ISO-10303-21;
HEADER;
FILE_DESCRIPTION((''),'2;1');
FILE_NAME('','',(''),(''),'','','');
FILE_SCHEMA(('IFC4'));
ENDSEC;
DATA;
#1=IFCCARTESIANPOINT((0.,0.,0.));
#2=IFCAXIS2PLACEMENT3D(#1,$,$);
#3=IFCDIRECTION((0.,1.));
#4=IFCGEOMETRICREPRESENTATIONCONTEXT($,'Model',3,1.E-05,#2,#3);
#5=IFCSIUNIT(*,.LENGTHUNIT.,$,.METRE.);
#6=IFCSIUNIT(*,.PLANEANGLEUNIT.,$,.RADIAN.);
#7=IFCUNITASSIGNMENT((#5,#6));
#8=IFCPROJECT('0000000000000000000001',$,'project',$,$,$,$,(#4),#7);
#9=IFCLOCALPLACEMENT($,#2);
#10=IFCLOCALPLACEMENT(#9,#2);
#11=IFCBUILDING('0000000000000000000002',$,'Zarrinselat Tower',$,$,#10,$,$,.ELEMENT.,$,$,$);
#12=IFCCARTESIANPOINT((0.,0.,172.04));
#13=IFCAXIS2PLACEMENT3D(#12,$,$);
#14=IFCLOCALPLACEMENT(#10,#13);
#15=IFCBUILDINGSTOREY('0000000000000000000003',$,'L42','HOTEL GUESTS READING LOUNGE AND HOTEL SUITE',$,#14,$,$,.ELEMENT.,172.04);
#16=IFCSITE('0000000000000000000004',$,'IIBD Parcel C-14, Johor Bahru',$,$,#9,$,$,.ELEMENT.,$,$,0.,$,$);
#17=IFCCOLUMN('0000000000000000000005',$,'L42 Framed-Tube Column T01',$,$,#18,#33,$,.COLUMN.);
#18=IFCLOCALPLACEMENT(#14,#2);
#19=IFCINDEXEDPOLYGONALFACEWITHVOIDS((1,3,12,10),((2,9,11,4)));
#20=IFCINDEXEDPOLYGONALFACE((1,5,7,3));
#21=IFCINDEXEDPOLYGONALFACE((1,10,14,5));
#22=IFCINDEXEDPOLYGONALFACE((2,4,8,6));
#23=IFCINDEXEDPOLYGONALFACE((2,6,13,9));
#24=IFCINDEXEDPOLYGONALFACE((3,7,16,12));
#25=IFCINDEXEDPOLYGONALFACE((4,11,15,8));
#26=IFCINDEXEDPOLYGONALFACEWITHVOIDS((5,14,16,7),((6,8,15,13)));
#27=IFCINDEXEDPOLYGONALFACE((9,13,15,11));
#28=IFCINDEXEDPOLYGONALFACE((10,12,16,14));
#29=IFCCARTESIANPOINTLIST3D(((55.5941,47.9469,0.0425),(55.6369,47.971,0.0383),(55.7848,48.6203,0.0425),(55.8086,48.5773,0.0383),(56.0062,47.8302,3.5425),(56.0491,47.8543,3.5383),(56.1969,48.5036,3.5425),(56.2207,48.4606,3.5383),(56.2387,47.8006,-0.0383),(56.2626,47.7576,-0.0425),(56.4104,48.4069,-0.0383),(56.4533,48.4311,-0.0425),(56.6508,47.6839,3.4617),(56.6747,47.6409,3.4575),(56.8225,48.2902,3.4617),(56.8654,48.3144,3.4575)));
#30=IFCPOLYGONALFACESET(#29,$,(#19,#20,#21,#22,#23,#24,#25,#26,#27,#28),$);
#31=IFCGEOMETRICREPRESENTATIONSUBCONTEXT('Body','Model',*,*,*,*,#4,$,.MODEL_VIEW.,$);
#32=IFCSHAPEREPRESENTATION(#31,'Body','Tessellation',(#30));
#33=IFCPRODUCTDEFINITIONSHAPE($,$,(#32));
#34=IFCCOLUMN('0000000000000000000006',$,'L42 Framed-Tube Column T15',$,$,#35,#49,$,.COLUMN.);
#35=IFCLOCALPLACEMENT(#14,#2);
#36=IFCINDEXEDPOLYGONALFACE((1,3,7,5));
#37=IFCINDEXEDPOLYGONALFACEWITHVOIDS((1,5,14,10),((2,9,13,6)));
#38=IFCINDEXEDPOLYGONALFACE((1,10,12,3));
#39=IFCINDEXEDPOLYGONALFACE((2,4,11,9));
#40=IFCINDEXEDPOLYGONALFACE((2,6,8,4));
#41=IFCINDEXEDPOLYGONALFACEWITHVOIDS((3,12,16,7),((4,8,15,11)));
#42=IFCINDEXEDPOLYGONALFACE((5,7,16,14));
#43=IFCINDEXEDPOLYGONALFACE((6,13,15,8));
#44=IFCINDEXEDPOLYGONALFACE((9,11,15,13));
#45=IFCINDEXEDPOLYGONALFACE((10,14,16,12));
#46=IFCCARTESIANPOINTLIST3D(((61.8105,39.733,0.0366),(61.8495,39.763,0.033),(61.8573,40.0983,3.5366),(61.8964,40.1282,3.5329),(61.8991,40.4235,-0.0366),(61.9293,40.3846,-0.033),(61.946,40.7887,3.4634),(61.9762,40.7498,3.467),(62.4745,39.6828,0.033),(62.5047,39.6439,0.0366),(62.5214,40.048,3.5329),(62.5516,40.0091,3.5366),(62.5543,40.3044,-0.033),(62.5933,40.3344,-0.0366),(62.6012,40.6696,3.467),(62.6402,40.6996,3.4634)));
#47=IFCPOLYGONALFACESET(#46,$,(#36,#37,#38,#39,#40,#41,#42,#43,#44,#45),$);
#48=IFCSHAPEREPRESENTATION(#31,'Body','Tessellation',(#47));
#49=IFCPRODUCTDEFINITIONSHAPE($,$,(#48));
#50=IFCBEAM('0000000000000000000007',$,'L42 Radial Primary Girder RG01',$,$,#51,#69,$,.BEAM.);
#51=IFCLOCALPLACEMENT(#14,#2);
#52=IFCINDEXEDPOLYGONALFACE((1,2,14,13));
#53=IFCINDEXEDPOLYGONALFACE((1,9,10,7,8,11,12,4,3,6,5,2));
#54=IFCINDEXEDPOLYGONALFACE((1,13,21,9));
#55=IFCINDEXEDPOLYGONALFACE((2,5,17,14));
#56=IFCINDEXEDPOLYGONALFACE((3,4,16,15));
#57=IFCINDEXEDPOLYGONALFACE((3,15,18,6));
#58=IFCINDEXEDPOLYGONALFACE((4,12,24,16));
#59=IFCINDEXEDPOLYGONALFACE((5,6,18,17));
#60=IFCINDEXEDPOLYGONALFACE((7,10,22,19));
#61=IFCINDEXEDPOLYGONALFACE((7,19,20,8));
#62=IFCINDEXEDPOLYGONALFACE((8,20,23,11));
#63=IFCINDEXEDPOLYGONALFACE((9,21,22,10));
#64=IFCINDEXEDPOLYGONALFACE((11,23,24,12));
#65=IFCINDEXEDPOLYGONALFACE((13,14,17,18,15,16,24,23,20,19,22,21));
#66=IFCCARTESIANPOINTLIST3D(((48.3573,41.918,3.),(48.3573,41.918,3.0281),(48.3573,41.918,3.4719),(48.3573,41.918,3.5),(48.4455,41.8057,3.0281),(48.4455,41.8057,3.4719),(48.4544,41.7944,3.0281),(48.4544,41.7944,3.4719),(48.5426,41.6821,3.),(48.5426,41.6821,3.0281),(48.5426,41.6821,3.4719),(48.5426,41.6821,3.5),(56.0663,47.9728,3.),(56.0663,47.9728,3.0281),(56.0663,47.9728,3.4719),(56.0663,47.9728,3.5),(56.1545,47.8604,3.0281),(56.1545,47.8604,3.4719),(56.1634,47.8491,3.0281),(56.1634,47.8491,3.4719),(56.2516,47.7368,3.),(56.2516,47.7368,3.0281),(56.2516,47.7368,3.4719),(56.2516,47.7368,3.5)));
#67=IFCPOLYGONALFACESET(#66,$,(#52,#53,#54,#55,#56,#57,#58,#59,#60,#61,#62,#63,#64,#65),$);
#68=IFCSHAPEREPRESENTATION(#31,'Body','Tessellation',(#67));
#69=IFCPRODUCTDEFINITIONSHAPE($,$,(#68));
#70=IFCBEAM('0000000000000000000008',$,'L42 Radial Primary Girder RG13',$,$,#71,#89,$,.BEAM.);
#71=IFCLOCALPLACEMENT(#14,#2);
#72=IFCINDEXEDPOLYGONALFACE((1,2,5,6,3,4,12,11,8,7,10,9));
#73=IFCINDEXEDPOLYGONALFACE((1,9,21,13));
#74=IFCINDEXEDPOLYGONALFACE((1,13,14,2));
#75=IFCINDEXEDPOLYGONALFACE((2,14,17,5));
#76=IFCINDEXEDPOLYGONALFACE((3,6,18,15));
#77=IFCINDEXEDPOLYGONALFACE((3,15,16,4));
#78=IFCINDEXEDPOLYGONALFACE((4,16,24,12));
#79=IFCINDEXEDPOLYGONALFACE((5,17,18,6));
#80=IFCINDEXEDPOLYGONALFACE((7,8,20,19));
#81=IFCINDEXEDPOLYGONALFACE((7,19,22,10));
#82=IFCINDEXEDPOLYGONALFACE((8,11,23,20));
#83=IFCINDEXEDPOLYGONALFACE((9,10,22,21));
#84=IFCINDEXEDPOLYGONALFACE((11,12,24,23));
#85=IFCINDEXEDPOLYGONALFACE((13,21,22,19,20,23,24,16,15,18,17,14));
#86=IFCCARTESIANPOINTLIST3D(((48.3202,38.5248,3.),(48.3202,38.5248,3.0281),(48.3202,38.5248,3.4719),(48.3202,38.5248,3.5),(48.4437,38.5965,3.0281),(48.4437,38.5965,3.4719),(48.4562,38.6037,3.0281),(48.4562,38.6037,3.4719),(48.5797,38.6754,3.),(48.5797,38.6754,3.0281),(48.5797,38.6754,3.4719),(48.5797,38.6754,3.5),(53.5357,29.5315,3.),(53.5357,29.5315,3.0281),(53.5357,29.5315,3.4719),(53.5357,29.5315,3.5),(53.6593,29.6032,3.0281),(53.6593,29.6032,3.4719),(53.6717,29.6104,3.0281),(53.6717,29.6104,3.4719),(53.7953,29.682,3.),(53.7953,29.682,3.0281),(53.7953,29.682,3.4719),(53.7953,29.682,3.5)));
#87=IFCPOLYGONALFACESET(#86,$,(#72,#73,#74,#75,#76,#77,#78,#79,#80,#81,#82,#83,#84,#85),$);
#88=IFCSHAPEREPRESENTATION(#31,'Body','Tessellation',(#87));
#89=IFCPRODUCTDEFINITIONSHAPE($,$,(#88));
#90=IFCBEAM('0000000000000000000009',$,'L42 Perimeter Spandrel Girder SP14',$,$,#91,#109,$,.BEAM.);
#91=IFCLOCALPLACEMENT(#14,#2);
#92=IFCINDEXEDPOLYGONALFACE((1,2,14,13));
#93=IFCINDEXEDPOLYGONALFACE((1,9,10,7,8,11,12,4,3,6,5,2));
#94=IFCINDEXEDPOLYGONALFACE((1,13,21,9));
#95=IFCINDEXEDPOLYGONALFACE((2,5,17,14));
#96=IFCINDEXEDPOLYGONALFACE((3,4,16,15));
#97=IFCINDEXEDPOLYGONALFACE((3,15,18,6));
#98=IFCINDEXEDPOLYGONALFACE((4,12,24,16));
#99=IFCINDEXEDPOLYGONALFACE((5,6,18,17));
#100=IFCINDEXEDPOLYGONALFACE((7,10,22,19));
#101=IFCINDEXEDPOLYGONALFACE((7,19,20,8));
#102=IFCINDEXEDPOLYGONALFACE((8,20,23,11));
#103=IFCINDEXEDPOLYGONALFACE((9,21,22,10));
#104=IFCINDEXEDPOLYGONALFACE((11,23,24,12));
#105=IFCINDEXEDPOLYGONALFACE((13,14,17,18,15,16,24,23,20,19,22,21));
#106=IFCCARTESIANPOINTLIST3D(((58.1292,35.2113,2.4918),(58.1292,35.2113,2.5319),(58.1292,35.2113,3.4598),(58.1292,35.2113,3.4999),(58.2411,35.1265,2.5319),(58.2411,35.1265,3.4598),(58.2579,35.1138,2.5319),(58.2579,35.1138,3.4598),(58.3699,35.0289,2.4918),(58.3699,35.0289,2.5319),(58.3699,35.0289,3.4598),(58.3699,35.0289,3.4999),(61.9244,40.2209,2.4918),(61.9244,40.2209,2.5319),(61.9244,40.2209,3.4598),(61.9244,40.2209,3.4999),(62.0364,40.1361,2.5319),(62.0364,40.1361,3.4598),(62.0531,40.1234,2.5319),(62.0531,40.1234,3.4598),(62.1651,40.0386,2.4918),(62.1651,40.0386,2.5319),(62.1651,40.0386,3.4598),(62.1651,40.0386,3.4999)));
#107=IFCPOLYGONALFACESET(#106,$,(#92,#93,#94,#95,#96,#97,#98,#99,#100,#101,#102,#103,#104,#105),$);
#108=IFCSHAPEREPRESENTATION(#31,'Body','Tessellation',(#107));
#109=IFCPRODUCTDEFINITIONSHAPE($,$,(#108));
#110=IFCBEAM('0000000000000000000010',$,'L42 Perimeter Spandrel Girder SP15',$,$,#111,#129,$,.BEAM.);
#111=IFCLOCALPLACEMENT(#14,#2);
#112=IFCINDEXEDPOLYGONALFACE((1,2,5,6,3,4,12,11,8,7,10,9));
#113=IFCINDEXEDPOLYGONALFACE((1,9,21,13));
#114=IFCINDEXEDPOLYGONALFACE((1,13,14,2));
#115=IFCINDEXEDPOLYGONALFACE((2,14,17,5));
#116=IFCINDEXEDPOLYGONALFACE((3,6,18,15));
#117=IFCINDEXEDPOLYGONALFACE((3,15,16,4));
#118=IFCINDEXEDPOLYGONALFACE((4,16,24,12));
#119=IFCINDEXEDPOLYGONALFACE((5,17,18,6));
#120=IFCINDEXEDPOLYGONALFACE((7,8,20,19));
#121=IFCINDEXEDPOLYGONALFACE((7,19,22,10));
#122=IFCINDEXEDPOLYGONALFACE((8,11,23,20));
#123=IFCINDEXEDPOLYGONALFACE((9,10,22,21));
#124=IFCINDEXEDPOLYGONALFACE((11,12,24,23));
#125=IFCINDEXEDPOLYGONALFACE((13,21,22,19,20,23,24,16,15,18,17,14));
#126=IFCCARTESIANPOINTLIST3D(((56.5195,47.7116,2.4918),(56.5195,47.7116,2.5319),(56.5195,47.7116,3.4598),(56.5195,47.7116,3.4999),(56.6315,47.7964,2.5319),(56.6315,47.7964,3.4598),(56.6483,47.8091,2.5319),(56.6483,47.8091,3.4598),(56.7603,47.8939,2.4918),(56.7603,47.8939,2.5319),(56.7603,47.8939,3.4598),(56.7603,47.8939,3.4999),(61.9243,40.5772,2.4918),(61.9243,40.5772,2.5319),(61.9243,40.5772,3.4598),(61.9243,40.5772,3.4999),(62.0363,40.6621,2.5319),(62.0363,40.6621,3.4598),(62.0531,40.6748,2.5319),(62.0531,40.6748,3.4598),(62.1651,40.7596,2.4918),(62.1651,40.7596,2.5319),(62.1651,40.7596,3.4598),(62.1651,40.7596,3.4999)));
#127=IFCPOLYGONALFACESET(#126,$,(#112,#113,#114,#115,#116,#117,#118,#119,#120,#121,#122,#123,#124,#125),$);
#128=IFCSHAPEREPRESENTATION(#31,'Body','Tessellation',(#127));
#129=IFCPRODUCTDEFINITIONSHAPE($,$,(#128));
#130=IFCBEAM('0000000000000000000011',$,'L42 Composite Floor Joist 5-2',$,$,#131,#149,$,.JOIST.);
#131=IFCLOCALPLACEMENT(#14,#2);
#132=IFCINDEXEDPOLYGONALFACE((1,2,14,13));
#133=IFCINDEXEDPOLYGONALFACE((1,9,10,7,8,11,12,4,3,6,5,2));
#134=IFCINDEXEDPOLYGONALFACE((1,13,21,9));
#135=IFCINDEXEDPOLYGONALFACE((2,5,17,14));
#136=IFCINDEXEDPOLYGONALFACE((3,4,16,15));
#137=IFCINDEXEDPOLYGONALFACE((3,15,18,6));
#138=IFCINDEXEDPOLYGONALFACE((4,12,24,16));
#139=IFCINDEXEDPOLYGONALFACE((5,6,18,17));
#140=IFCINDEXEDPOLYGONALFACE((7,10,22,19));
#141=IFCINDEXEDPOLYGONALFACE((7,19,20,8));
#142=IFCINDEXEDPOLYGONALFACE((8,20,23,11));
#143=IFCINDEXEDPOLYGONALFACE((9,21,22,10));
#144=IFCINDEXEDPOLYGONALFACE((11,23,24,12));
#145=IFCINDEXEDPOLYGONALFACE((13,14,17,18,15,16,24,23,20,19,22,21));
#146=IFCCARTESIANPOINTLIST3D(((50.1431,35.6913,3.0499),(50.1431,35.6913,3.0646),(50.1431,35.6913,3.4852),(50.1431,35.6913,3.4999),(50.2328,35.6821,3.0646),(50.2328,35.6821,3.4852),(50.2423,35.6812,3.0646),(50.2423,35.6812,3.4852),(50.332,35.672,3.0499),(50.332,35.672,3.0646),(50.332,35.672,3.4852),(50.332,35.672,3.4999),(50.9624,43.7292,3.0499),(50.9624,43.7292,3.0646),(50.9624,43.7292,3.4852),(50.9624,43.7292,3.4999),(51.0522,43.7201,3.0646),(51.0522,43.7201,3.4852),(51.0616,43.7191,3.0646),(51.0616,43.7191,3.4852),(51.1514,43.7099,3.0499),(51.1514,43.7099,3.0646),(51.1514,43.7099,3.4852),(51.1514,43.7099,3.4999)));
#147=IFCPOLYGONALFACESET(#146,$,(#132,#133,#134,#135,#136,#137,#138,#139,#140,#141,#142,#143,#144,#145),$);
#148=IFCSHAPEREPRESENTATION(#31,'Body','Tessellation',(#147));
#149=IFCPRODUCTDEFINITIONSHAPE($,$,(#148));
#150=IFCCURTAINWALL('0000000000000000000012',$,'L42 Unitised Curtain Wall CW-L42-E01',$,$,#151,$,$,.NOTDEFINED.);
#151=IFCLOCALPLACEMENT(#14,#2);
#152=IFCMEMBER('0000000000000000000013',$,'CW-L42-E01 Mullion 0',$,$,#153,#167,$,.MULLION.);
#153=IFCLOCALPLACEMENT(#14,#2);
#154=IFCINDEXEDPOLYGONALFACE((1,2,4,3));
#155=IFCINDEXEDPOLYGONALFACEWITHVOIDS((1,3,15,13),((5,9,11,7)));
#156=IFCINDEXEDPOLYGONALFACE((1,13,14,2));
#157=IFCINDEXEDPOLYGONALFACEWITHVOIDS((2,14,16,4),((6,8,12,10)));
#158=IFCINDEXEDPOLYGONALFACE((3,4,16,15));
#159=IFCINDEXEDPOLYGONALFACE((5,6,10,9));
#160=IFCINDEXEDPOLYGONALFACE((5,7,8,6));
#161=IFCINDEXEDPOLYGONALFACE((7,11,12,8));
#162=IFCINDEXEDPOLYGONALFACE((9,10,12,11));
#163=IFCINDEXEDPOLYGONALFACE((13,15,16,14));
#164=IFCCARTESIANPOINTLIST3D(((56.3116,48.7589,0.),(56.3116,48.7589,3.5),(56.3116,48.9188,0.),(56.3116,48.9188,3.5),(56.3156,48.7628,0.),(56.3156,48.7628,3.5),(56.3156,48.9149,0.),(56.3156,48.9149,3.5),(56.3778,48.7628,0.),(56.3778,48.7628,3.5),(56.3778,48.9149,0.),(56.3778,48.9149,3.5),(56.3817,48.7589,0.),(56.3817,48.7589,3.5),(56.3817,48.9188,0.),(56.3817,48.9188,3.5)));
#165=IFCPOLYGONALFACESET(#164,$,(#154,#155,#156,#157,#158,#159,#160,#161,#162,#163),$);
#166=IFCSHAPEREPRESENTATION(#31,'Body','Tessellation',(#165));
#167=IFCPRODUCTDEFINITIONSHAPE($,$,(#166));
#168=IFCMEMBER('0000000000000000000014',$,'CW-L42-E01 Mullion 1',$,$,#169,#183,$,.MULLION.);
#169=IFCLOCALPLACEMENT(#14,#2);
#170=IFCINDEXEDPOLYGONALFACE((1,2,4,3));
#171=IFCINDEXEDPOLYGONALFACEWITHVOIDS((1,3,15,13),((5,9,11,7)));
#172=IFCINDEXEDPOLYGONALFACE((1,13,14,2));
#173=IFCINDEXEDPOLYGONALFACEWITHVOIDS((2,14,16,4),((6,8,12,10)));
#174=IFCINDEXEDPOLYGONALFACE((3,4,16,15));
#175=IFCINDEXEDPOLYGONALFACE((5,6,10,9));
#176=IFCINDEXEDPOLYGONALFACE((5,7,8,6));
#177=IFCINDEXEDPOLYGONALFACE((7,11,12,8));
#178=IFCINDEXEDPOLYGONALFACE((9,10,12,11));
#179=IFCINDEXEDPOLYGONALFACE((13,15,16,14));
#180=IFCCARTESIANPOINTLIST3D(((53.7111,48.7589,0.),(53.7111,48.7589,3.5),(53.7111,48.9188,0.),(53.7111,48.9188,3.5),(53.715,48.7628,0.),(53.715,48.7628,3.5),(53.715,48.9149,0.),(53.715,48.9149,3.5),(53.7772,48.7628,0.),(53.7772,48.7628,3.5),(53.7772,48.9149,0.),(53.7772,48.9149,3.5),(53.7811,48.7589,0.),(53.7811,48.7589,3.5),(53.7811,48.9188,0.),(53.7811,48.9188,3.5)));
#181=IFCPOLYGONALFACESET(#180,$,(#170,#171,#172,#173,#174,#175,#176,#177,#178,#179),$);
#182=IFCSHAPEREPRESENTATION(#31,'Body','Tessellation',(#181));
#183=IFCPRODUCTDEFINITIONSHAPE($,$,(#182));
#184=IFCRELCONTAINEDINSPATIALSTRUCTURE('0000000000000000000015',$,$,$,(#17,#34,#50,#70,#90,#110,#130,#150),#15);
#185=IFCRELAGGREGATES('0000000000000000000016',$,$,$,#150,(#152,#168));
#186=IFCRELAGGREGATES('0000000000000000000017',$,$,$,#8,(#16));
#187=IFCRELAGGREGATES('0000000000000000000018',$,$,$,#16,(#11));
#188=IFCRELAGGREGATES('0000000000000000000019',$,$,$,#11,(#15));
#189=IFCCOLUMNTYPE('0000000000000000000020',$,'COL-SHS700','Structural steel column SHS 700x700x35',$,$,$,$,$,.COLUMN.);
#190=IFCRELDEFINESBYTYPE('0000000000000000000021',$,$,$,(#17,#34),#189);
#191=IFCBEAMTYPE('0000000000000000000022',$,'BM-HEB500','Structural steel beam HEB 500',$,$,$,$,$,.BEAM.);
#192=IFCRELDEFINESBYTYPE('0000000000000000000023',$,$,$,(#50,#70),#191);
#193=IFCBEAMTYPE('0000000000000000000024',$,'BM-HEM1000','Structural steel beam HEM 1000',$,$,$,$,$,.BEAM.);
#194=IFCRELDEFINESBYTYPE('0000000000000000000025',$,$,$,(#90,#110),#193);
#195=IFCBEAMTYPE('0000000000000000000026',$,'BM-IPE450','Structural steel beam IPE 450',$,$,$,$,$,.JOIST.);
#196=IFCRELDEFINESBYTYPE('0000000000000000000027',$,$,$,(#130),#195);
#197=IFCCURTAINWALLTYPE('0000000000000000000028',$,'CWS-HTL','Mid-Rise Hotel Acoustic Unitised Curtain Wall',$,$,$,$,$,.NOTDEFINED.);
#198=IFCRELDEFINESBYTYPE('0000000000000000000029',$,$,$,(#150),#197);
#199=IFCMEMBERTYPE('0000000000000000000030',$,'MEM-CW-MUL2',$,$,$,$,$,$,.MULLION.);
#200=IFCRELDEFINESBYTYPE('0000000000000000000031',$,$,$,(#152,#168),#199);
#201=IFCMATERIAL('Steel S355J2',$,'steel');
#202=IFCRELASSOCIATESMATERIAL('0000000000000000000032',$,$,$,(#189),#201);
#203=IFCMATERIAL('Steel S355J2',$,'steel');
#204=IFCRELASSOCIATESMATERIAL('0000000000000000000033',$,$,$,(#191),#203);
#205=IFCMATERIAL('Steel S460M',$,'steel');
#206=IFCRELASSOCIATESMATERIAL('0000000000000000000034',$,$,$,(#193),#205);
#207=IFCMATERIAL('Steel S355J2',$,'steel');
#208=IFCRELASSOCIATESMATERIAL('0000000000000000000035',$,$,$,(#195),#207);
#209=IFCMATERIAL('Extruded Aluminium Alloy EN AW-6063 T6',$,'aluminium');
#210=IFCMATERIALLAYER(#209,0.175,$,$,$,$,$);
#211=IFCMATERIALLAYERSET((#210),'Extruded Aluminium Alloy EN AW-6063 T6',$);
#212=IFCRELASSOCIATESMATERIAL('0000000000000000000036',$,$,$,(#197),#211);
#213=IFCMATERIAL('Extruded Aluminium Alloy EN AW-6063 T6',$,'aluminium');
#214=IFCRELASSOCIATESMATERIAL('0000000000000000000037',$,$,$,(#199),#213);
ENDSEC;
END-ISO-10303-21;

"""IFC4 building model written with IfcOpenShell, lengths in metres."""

from ifc_helpers import new_model, si_unit, direction, frame, origin, origin_2d, place, context, subcontext, project, spatial, hollow_rectangle, i_section, extrude, material, layer, layer_set, material_profile, profile_set, type_object, element, aggregate, save


model = new_model("IFC4")

# Units and contexts
model_context = context("Model", 3, precision=1e-05, world=origin(), true_north=direction((0.0, 1.0)))
body_context = subcontext(model_context, "Body", "Model", "MODEL_VIEW")
ifc_project = project(units=[si_unit("LENGTHUNIT", "METRE"), si_unit("PLANEANGLEUNIT", "RADIAN")], contexts=[model_context])

# Site, building, storey
site_placement = place(None, origin())
site = spatial("IfcSite", under=ifc_project, at=site_placement, Name="IIBD Parcel C-14, Johor Bahru", CompositionType="ELEMENT", RefElevation=0.0)
building_placement = place(site_placement, origin())
building = spatial("IfcBuilding", under=site, at=building_placement, Name="Zarrinselat Tower", CompositionType="ELEMENT")
storey_placement = place(building_placement, frame((0.0, 0.0, 172.04)))
storey = spatial("IfcBuildingStorey", under=building, at=storey_placement, Name="L42", Description="HOTEL GUESTS READING LOUNGE AND HOTEL SUITE", CompositionType="ELEMENT", Elevation=172.04)

# Columns
ifc_material_1 = material(Name="Steel S355J2", Category="steel")
ifc_material_profile_1 = material_profile(ifc_material_1, hollow_rectangle(XDim=0.7, YDim=0.7, WallThickness=0.0349, at=origin_2d()), Name="SHS 700x700x35")
ifc_profile_set_1 = profile_set([ifc_material_profile_1], Name="Steel S355J2")
column_type = type_object("IfcColumnType", Name="COL-SHS700", Description="Structural steel column SHS 700x700x35", PredefinedType="COLUMN", material=ifc_profile_set_1)
column_1_placement = place(storey_placement, frame((56.0237, 48.189, 0.0), z_axis=(0.116874, -0.033096, 0.992595), x_axis=(0.272462, 0.962167, 0.0)))
element("IfcColumn", 1, at=column_1_placement, inside=storey, type_object=column_type, Name="L42 Framed-Tube Column T01", PredefinedType="COLUMN", context=body_context, shape_type="SweptSolid", body=[
    extrude(hollow_rectangle(XDim=0.7, YDim=0.7, WallThickness=0.0349, at=origin_2d()), origin(), (0.0, 0.0, 1.0), 3.5261),
])
column_2_placement = place(storey_placement, frame((62.2019, 40.0337, 0.0), z_axis=(0.013319, 0.10378, 0.994511), x_axis=(-0.991865, 0.127298, 0.0)))
element("IfcColumn", 2, at=column_2_placement, inside=storey, type_object=column_type, Name="L42 Framed-Tube Column T15", PredefinedType="COLUMN", context=body_context, shape_type="SweptSolid", body=[
    extrude(hollow_rectangle(XDim=0.7, YDim=0.7, WallThickness=0.0349, at=origin_2d()), origin(), (0.0, 0.0, 1.0), 3.5193),
])

# Beams
ifc_material_2 = material(Name="Steel S355J2", Category="steel")
ifc_material_profile_2 = material_profile(ifc_material_2, i_section(OverallWidth=0.3, OverallDepth=0.5, WebThickness=0.0144, FlangeThickness=0.0281, at=origin_2d()), Name="HEB 500")
ifc_profile_set_2 = profile_set([ifc_material_profile_2], Name="Steel S355J2")
beam_type_1 = type_object("IfcBeamType", Name="BM-HEB500", Description="Structural steel beam HEB 500", PredefinedType="BEAM", material=ifc_profile_set_2)
beam_1_placement = place(storey_placement, frame((48.45, 41.8, 3.25), z_axis=(0.786436, 0.617672, 0.0), x_axis=(-0.617672, 0.786436, 0.0)))
element("IfcBeam", 3, at=beam_1_placement, inside=storey, type_object=beam_type_1, Name="L42 Radial Primary Girder RG01", PredefinedType="BEAM", context=body_context, shape_type="SweptSolid", body=[
    extrude(i_section(OverallWidth=0.3, OverallDepth=0.5, WebThickness=0.0144, FlangeThickness=0.0281, at=origin_2d()), origin(), (0.0, 0.0, 1.0), 9.8025),
])
beam_2_placement = place(storey_placement, frame((48.45, 38.6001, 3.25), z_axis=(0.501675, -0.865056, 0.0), x_axis=(0.865056, 0.501675, 0.0)))
element("IfcBeam", 4, at=beam_2_placement, inside=storey, type_object=beam_type_1, Name="L42 Radial Primary Girder RG13", PredefinedType="BEAM", context=body_context, shape_type="SweptSolid", body=[
    extrude(i_section(OverallWidth=0.3, OverallDepth=0.5, WebThickness=0.0144, FlangeThickness=0.0281, at=origin_2d()), origin(), (0.0, 0.0, 1.0), 10.3962),
])
ifc_material_3 = material(Name="Steel S460M", Category="steel")
ifc_material_profile_3 = material_profile(ifc_material_3, i_section(OverallWidth=0.302, OverallDepth=1.0081, WebThickness=0.021, FlangeThickness=0.04, at=origin_2d()), Name="HEM 1000")
ifc_profile_set_3 = profile_set([ifc_material_profile_3], Name="Steel S460M")
beam_type_2 = type_object("IfcBeamType", Name="BM-HEM1000", Description="Structural steel beam HEM 1000", PredefinedType="BEAM", material=ifc_profile_set_3)
beam_3_placement = place(storey_placement, frame((58.2495, 35.1201, 2.9958), z_axis=(0.603865, 0.797086, 0.0), x_axis=(-0.797086, 0.603865, 0.0)))
element("IfcBeam", 5, at=beam_3_placement, inside=storey, type_object=beam_type_2, Name="L42 Perimeter Spandrel Girder SP14", PredefinedType="BEAM", context=body_context, shape_type="SweptSolid", body=[
    extrude(i_section(OverallWidth=0.302, OverallDepth=1.0081, WebThickness=0.021, FlangeThickness=0.04, at=origin_2d()), origin(), (0.0, 0.0, 1.0), 6.2849),
])
beam_4_placement = place(storey_placement, frame((56.6399, 47.8027, 2.9958), z_axis=(0.60386, -0.797091, 0.0), x_axis=(0.797091, 0.60386, 0.0)))
element("IfcBeam", 6, at=beam_4_placement, inside=storey, type_object=beam_type_2, Name="L42 Perimeter Spandrel Girder SP15", PredefinedType="BEAM", context=body_context, shape_type="SweptSolid", body=[
    extrude(i_section(OverallWidth=0.302, OverallDepth=1.0081, WebThickness=0.021, FlangeThickness=0.04, at=origin_2d()), origin(), (0.0, 0.0, 1.0), 8.9504),
])
ifc_material_4 = material(Name="Steel S355J2", Category="steel")
ifc_material_profile_4 = material_profile(ifc_material_4, i_section(OverallWidth=0.1899, OverallDepth=0.45, WebThickness=0.0095, FlangeThickness=0.0146, at=origin_2d()), Name="IPE 450")
ifc_profile_set_4 = profile_set([ifc_material_profile_4], Name="Steel S355J2")
beam_type_3 = type_object("IfcBeamType", Name="BM-IPE450", Description="Structural steel beam IPE 450", PredefinedType="JOIST", material=ifc_profile_set_4)
beam_5_placement = place(storey_placement, frame((50.2375, 35.6816, 3.2749), z_axis=(0.101409, 0.994845, 0.0), x_axis=(-0.994845, 0.101409, 0.0)))
element("IfcBeam", 7, at=beam_5_placement, inside=storey, type_object=beam_type_3, Name="L42 Composite Floor Joist 5-2", PredefinedType="JOIST", context=body_context, shape_type="SweptSolid", body=[
    extrude(i_section(OverallWidth=0.1899, OverallDepth=0.45, WebThickness=0.0095, FlangeThickness=0.0146, at=origin_2d()), origin(), (0.0, 0.0, 1.0), 8.0796),
])

# Curtain wall, members
ifc_material_5 = material(Name="Extruded Aluminium Alloy EN AW-6063 T6", Category="aluminium")
ifc_layer_1 = layer(ifc_material_5, 0.175)
ifc_layer_set_1 = layer_set([ifc_layer_1], Name="Extruded Aluminium Alloy EN AW-6063 T6")
curtain_wall_type = type_object("IfcCurtainWallType", Name="CWS-HTL", Description="Mid-Rise Hotel Acoustic Unitised Curtain Wall", PredefinedType="NOTDEFINED", material=ifc_layer_set_1)
curtain_wall_1_placement = place(storey_placement, origin())
curtain_wall_1 = element("IfcCurtainWall", 8, at=curtain_wall_1_placement, inside=storey, type_object=curtain_wall_type, Name="L42 Unitised Curtain Wall CW-L42-E01", PredefinedType="NOTDEFINED")
ifc_material_6 = material(Name="Extruded Aluminium Alloy EN AW-6063 T6", Category="aluminium")
ifc_material_profile_5 = material_profile(ifc_material_6, hollow_rectangle(XDim=0.0701, YDim=0.1599, WallThickness=0.0039, at=origin_2d()), Name="RHS 160x70x4")
ifc_profile_set_5 = profile_set([ifc_material_profile_5], Name="Extruded Aluminium Alloy EN AW-6063 T6")
member_type_1 = type_object("IfcMemberType", Name="MEM-CW-MUL2", PredefinedType="MULLION", material=ifc_profile_set_5)
member_1_placement = place(storey_placement, frame((56.3467, 48.8389, 0.0), z_axis=(0.0, 0.0, 1.0), x_axis=(-1.0, 0.0, 0.0)))
member_1 = element("IfcMember", 9, at=member_1_placement, type_object=member_type_1, Name="CW-L42-E01 Mullion 0", PredefinedType="MULLION", context=body_context, shape_type="SweptSolid", body=[
    extrude(hollow_rectangle(XDim=0.0701, YDim=0.1599, WallThickness=0.0039, at=origin_2d()), origin(), (0.0, 0.0, 1.0), 3.5),
])
member_2_placement = place(storey_placement, frame((53.7461, 48.8389, 0.0), z_axis=(0.0, 0.0, 1.0), x_axis=(-1.0, 0.0, 0.0)))
member_2 = element("IfcMember", 10, at=member_2_placement, type_object=member_type_1, Name="CW-L42-E01 Mullion 1", PredefinedType="MULLION", context=body_context, shape_type="SweptSolid", body=[
    extrude(hollow_rectangle(XDim=0.0701, YDim=0.1599, WallThickness=0.0039, at=origin_2d()), origin(), (0.0, 0.0, 1.0), 3.5),
])

aggregate(curtain_wall_1, [member_1, member_2])

save(model, "model.ifc")
